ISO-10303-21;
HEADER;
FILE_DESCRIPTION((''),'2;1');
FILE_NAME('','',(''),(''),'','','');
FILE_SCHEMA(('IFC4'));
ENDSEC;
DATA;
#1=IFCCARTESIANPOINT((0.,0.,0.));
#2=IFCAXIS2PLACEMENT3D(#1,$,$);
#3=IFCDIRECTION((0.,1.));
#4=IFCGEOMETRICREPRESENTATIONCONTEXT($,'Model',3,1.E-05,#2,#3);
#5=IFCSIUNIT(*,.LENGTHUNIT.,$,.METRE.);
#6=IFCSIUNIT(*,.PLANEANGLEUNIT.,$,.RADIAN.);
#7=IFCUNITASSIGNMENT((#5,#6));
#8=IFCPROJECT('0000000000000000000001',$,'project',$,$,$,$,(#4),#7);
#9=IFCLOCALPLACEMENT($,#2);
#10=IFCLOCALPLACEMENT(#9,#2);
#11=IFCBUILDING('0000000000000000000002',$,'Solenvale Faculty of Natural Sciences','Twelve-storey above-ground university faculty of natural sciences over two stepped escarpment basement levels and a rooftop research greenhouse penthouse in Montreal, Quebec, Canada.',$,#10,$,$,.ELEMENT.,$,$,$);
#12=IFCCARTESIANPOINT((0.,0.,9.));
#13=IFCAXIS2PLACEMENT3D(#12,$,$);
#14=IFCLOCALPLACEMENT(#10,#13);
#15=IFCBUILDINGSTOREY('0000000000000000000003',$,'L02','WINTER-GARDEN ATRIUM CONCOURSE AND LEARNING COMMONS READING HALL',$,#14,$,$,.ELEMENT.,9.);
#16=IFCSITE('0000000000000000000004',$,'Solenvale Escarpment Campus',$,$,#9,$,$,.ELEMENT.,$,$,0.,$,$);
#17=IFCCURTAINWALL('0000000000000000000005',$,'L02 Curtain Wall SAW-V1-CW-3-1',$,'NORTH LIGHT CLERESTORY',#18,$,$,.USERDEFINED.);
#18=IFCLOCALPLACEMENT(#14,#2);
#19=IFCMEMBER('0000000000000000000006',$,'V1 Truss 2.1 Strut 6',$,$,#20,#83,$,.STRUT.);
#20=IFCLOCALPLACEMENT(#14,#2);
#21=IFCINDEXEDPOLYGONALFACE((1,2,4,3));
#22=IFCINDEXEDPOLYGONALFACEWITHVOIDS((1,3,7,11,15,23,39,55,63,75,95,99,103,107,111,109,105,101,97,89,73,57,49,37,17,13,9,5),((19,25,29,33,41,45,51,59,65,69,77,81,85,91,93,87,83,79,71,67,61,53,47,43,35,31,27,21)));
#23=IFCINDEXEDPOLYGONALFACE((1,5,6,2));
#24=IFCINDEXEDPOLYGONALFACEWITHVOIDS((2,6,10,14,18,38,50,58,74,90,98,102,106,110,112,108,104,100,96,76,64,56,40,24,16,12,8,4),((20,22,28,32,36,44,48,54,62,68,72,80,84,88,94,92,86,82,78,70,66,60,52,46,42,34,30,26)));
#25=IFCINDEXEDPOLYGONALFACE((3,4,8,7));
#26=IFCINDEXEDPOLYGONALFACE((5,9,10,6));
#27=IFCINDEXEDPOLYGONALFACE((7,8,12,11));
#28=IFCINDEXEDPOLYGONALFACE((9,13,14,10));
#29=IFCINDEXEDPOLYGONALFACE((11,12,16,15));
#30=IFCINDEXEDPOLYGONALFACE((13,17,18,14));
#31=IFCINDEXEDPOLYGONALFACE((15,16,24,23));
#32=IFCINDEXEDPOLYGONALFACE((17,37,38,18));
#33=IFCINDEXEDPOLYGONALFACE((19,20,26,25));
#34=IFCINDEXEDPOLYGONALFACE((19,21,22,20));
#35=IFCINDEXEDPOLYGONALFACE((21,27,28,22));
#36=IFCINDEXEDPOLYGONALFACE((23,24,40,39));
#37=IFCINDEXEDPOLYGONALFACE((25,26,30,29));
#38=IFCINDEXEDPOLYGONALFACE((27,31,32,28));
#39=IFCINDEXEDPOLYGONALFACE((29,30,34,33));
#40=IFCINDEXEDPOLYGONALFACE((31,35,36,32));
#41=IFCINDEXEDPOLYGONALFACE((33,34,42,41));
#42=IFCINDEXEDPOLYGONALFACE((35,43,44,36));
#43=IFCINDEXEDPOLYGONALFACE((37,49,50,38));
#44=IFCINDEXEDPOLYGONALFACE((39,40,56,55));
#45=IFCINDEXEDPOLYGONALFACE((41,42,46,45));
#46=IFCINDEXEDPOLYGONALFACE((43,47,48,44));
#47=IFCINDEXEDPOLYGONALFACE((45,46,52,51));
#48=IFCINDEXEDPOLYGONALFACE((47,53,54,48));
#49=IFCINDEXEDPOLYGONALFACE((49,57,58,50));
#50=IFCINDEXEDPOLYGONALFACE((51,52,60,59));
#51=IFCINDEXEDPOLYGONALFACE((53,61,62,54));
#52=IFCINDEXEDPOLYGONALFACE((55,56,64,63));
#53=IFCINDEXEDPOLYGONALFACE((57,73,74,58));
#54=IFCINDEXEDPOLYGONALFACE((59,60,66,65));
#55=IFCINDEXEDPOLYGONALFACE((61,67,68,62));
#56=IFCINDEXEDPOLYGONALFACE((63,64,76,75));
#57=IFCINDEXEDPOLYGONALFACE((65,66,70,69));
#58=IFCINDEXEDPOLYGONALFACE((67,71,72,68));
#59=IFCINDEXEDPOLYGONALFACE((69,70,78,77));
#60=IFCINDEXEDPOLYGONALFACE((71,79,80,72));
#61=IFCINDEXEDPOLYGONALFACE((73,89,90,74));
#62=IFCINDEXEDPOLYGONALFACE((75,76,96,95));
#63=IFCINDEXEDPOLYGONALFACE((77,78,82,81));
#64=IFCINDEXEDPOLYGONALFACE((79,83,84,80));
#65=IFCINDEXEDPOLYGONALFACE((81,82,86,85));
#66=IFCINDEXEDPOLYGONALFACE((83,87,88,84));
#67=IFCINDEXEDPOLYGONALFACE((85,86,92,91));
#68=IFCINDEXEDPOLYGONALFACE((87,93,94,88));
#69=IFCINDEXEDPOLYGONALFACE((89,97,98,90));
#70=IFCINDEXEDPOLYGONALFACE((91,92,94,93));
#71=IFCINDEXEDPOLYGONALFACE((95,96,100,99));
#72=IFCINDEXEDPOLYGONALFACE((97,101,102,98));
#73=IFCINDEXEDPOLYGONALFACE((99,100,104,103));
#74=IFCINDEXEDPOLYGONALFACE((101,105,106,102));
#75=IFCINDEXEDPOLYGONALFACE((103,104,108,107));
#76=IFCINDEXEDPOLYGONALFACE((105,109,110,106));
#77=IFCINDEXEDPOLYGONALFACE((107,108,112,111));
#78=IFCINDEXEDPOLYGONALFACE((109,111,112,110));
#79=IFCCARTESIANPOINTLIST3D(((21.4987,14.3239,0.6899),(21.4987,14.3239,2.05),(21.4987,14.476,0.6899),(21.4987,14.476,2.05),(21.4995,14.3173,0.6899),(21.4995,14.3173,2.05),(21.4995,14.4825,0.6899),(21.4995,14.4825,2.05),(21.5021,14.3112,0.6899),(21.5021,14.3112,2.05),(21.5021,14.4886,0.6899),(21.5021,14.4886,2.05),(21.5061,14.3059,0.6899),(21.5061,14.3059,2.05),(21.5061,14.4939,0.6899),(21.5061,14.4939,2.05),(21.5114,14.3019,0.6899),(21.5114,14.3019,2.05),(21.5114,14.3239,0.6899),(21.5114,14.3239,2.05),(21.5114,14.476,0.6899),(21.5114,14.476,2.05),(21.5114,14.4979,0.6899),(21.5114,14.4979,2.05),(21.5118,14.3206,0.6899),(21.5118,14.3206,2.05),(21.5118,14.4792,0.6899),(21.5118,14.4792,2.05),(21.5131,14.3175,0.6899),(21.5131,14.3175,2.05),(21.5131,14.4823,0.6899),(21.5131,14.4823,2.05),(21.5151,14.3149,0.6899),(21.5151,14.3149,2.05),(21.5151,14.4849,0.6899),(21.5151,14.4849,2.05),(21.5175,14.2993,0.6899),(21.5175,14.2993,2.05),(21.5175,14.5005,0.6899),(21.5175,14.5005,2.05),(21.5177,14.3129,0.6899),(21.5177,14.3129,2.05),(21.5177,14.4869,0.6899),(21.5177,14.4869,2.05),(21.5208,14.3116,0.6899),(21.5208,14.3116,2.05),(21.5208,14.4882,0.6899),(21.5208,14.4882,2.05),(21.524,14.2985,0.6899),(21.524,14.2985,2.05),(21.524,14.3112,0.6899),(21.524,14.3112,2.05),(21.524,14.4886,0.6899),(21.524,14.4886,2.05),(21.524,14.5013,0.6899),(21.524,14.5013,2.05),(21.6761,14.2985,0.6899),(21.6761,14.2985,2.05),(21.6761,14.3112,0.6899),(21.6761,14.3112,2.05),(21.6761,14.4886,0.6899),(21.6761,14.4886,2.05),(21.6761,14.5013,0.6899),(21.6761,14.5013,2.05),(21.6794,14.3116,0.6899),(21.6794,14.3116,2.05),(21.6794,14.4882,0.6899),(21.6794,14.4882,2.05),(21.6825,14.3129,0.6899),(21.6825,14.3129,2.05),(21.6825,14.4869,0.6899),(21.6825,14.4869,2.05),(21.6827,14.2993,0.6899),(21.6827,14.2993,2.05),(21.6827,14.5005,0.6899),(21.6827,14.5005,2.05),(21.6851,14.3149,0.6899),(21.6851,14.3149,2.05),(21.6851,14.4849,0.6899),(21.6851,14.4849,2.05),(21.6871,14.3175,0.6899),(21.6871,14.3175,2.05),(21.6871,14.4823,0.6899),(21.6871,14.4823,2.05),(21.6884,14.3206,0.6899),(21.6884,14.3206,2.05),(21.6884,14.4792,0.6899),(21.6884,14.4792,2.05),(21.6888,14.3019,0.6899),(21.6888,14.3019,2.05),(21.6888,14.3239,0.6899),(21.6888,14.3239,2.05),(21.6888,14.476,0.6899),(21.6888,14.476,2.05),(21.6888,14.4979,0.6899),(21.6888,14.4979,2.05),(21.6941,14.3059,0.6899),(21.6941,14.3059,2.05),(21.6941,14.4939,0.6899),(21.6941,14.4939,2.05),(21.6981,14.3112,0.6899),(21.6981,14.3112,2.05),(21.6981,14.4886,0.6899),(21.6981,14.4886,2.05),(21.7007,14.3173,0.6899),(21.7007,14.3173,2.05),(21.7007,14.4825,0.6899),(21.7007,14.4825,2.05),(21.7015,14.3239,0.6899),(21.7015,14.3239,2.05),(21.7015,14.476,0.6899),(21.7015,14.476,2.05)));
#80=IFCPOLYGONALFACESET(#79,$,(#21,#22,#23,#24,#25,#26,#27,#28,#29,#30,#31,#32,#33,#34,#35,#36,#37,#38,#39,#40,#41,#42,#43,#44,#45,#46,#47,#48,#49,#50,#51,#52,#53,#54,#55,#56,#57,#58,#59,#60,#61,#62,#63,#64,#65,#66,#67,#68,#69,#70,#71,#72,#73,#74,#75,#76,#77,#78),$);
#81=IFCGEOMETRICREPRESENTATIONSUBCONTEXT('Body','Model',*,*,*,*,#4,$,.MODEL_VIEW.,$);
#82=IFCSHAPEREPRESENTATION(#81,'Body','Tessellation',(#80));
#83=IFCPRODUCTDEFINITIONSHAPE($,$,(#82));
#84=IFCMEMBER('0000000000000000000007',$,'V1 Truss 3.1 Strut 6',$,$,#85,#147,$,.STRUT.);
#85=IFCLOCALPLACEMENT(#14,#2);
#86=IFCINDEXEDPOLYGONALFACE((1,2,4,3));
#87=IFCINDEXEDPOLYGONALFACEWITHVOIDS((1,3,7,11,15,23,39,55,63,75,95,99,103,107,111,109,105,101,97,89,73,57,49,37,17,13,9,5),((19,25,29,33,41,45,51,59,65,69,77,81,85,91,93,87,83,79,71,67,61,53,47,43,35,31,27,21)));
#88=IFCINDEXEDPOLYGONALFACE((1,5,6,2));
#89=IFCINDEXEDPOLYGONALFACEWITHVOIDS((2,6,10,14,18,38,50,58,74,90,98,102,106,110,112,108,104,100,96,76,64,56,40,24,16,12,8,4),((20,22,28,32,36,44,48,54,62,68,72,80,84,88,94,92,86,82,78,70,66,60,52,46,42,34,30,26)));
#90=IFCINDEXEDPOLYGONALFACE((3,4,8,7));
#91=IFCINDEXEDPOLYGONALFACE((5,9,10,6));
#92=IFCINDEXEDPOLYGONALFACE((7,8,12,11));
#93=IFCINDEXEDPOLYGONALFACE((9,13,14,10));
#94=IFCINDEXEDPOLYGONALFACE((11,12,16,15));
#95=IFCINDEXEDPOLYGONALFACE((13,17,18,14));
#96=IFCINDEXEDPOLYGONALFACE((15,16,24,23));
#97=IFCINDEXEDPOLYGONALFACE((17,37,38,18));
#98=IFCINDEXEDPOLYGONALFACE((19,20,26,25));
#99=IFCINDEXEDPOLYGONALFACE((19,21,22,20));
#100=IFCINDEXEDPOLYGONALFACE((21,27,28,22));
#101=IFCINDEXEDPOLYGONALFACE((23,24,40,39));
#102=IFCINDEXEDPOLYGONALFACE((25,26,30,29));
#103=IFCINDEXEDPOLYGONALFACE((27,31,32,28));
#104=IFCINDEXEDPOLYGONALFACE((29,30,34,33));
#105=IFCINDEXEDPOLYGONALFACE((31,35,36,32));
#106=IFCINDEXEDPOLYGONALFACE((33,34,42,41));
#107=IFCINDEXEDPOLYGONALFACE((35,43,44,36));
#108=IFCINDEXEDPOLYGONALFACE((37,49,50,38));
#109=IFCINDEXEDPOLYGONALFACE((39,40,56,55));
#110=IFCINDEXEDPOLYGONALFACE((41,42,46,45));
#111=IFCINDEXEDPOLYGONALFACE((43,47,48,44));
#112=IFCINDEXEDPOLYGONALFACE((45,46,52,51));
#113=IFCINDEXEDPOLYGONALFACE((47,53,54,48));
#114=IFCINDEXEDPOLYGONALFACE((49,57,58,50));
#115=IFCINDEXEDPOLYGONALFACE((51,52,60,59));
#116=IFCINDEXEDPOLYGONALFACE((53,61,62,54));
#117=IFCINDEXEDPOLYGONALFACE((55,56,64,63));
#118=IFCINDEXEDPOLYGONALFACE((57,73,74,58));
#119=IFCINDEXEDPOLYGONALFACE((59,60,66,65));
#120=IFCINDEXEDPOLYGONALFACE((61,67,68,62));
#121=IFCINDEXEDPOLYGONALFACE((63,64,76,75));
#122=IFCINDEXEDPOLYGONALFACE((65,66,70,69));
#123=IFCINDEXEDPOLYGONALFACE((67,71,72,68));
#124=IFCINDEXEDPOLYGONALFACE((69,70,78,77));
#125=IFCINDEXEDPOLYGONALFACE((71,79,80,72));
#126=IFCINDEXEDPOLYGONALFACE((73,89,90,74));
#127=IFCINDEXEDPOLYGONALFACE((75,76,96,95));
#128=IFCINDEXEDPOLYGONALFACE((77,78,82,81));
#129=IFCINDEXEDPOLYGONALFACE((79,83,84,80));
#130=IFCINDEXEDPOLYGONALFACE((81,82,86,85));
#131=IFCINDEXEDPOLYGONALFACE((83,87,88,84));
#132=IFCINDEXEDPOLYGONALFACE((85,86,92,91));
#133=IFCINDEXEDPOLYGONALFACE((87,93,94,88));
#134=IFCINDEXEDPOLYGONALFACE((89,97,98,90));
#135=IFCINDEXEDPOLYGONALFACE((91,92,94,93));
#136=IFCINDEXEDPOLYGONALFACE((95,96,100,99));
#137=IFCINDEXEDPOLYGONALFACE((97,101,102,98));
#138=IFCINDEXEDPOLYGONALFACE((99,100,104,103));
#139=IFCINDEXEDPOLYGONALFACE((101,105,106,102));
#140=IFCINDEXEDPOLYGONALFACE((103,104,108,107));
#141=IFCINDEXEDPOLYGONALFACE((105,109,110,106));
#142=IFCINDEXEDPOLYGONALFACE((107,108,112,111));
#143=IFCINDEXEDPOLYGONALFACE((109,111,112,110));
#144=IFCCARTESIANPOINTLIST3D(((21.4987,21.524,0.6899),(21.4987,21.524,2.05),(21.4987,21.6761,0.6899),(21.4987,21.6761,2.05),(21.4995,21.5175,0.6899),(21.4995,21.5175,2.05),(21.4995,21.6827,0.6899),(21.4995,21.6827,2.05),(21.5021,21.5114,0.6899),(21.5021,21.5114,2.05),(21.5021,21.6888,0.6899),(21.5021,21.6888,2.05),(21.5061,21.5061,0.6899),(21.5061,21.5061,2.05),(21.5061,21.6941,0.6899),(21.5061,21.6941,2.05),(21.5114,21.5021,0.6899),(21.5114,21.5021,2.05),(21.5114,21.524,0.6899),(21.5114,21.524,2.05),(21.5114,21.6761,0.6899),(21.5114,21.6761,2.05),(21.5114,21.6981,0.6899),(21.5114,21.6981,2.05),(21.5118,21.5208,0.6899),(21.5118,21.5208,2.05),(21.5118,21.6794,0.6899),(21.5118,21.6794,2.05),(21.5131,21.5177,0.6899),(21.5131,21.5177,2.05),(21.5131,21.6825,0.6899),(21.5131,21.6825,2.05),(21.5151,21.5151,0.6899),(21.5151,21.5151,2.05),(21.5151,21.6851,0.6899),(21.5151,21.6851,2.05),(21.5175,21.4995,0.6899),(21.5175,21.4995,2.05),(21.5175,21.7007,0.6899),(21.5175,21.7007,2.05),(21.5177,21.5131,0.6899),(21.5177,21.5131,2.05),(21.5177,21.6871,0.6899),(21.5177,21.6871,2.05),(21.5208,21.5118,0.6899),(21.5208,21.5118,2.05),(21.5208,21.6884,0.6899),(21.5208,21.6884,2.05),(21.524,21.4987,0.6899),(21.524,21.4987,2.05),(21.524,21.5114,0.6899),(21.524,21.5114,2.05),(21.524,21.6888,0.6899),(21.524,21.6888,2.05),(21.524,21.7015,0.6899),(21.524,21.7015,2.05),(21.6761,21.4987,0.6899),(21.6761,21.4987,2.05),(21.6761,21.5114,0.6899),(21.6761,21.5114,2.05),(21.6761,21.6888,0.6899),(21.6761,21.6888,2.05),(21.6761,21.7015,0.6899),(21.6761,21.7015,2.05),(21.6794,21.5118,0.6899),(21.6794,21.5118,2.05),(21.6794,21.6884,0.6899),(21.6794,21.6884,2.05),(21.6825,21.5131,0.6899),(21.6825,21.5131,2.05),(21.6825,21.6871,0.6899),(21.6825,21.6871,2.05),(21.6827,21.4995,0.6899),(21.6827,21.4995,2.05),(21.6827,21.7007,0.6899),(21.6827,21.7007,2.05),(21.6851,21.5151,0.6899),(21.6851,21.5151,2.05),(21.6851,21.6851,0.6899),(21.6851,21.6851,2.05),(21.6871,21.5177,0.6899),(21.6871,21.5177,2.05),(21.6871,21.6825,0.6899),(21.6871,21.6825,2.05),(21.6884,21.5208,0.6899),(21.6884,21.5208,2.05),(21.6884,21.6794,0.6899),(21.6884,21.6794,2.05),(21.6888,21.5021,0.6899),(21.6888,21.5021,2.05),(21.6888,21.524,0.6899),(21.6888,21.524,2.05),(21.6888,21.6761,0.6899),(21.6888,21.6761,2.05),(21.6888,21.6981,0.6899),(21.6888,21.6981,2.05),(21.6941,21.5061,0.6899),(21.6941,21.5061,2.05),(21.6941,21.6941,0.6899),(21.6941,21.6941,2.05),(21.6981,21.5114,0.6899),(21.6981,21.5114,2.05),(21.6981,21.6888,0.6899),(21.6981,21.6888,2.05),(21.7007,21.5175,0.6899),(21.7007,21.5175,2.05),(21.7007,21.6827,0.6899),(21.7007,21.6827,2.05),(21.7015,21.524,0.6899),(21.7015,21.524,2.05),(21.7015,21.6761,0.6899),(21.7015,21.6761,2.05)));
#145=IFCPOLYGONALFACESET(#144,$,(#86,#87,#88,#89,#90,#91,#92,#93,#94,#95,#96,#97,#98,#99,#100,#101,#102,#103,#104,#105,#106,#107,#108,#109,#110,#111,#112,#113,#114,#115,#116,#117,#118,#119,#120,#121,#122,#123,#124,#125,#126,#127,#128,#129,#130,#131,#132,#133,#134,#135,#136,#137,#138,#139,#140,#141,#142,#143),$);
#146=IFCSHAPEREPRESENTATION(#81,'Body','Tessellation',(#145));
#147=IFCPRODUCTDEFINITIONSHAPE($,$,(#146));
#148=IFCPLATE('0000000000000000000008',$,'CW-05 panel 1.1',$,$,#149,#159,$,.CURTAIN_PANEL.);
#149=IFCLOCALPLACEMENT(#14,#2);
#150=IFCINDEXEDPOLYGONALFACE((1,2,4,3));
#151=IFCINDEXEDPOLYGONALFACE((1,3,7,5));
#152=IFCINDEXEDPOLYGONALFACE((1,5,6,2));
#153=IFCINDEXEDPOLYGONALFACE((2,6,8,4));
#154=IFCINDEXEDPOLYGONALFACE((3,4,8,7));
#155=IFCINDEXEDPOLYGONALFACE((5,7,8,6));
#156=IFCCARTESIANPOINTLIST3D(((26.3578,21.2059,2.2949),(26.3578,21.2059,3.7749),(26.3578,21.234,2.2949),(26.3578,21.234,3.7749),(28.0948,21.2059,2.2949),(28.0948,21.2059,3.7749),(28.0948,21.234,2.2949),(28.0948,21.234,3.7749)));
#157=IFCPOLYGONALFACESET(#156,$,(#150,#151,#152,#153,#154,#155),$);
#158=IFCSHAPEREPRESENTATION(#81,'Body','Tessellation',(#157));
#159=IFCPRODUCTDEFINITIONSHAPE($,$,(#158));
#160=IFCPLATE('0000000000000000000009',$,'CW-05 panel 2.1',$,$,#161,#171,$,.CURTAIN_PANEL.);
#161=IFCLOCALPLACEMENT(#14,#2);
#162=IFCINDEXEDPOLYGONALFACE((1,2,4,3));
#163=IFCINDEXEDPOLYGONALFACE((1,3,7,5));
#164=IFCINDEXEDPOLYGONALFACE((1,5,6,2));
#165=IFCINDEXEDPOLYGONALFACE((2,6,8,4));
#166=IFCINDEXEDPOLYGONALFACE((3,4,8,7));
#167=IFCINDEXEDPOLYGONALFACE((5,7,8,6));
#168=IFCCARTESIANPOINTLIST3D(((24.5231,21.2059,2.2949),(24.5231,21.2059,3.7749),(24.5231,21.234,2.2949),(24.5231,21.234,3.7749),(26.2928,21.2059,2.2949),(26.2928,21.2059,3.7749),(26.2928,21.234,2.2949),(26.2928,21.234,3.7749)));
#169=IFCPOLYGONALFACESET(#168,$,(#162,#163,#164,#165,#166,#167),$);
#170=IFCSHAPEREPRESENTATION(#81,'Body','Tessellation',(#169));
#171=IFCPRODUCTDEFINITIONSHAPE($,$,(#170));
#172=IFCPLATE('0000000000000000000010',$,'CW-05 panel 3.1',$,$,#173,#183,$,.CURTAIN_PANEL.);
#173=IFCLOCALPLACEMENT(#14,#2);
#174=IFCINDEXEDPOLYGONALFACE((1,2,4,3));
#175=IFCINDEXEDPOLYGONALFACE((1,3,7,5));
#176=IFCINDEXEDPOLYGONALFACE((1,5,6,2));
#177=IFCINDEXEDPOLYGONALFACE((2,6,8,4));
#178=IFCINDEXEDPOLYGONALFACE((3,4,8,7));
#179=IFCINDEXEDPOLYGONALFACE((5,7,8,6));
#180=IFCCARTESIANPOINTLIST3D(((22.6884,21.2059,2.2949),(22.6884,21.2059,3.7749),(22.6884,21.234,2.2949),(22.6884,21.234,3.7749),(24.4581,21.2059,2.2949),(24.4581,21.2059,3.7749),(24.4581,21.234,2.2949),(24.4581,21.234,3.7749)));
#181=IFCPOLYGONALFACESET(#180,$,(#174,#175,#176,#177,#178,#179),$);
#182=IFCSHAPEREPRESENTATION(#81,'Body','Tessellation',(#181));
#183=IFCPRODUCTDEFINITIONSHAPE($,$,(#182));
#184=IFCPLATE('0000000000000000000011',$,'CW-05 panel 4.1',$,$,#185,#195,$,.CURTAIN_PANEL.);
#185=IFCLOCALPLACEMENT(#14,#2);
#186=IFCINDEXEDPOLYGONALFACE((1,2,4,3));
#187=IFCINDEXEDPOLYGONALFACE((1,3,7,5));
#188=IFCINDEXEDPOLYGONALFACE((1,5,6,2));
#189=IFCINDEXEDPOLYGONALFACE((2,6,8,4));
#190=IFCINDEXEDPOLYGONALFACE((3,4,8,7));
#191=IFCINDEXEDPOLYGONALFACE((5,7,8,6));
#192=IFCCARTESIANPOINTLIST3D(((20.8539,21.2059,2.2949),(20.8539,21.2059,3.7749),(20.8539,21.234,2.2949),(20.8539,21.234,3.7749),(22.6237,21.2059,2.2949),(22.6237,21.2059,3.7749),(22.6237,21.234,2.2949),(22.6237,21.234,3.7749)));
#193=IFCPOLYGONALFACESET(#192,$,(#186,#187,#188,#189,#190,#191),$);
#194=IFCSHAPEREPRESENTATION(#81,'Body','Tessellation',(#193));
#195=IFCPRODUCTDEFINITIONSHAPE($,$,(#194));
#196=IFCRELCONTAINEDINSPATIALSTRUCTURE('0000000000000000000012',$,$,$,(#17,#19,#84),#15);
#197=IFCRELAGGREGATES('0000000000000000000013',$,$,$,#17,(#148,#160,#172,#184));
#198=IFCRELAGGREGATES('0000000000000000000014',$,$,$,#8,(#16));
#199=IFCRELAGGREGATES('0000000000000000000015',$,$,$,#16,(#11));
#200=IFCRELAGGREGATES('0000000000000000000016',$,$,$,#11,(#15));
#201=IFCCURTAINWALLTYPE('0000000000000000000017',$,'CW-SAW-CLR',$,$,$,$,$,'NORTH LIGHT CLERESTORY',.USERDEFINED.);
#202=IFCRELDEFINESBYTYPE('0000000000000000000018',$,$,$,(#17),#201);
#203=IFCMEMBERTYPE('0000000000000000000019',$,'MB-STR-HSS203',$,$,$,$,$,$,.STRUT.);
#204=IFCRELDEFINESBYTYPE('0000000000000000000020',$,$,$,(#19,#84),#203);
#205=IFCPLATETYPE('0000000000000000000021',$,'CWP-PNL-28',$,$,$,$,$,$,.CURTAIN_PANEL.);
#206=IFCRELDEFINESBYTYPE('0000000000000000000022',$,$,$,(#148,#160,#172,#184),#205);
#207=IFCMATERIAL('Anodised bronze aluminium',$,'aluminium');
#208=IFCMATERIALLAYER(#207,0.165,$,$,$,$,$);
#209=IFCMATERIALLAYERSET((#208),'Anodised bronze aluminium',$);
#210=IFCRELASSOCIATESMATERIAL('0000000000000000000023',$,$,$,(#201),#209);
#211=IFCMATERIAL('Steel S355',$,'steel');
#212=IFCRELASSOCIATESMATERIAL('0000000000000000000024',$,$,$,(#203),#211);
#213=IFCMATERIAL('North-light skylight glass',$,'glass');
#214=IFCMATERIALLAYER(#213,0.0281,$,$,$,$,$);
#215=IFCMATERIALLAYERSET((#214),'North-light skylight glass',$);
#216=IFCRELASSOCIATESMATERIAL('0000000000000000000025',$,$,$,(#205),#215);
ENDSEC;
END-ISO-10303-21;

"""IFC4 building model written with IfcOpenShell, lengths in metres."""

from ifc_helpers import new_model, si_unit, direction, frame, origin, origin_2d, place, context, subcontext, project, spatial, rectangle, hollow_rectangle, extrude, material, layer, layer_set, material_profile, profile_set, type_object, element, aggregate, save


model = new_model("IFC4")

# Units and contexts
model_context = context("Model", 3, precision=1e-05, world=origin(), true_north=direction((0.0, 1.0)))
body_context = subcontext(model_context, "Body", "Model", "MODEL_VIEW")
ifc_project = project(units=[si_unit("LENGTHUNIT", "METRE"), si_unit("PLANEANGLEUNIT", "RADIAN")], contexts=[model_context])

# Site, building, storey
site_placement = place(None, origin())
site = spatial("IfcSite", under=ifc_project, at=site_placement, Name="Solenvale Escarpment Campus", CompositionType="ELEMENT", RefElevation=0.0)
building_placement = place(site_placement, origin())
building = spatial("IfcBuilding", under=site, at=building_placement, Name="Solenvale Faculty of Natural Sciences", Description="Twelve-storey above-ground university faculty of natural sciences over two stepped escarpment basement levels and a rooftop research greenhouse penthouse in Montreal, Quebec, Canada.", CompositionType="ELEMENT")
storey_placement = place(building_placement, frame((0.0, 0.0, 9.0)))
storey = spatial("IfcBuildingStorey", under=building, at=storey_placement, Name="L02", Description="WINTER-GARDEN ATRIUM CONCOURSE AND LEARNING COMMONS READING HALL", CompositionType="ELEMENT", Elevation=9.0)

# Curtain wall
ifc_material_1 = material(Name="Anodised bronze aluminium", Category="aluminium")
ifc_layer_1 = layer(ifc_material_1, 0.165)
ifc_layer_set_1 = layer_set([ifc_layer_1], Name="Anodised bronze aluminium")
curtain_wall_type = type_object("IfcCurtainWallType", Name="CW-SAW-CLR", ElementType="NORTH LIGHT CLERESTORY", PredefinedType="USERDEFINED", material=ifc_layer_set_1)
curtain_wall_placement = place(storey_placement, origin())
curtain_wall = element("IfcCurtainWall", 1, at=curtain_wall_placement, inside=storey, type_object=curtain_wall_type, Name="L02 Curtain Wall SAW-V1-CW-3-1", ObjectType="NORTH LIGHT CLERESTORY", PredefinedType="USERDEFINED")

# Members
ifc_material_2 = material(Name="Steel S355", Category="steel")
ifc_material_profile_1 = material_profile(ifc_material_2, hollow_rectangle(XDim=0.2029, YDim=0.2029, WallThickness=0.0127, InnerFilletRadius=0.0127, OuterFilletRadius=0.0254, at=origin_2d()), Name="HSS203x203x13")
ifc_profile_set_1 = profile_set([ifc_material_profile_1], Name="Steel S355")
member_type_1 = type_object("IfcMemberType", Name="MB-STR-HSS203", PredefinedType="STRUT", material=ifc_profile_set_1)
for number, where, z_axis, x_axis, name in (
    (2, (21.6001, 14.3999, 0.6899), (0.0, 0.0, 1.0), (1.0, 0.0, 0.0), "V1 Truss 2.1 Strut 6"),
    (3, (21.6001, 21.6001, 0.6899), (0.0, 0.0, 1.0), (1.0, 0.0, 0.0), "V1 Truss 3.1 Strut 6"),
):
    element("IfcMember", number, at=place(storey_placement, frame(where, z_axis=z_axis, x_axis=x_axis)), inside=storey, type_object=member_type_1, Name=name, PredefinedType="STRUT", context=body_context, shape_type="SweptSolid", body=[
        extrude(hollow_rectangle(XDim=0.2029, YDim=0.2029, WallThickness=0.0127, InnerFilletRadius=0.0127, OuterFilletRadius=0.0254, at=origin_2d()), origin(), (0.0, 0.0, 1.0), 1.3601),
    ])

# Plates
ifc_material_3 = material(Name="North-light skylight glass", Category="glass")
ifc_layer_2 = layer(ifc_material_3, 0.0281)
ifc_layer_set_2 = layer_set([ifc_layer_2], Name="North-light skylight glass")
plate_type_1 = type_object("IfcPlateType", Name="CWP-PNL-28", PredefinedType="CURTAIN_PANEL", material=ifc_layer_set_2)
plate_1_placement = place(storey_placement, frame((27.2263, 21.22, 2.2949), z_axis=(0.0, 0.0, 1.0), x_axis=(-1.0, 0.0, 0.0)))
plate_1 = element("IfcPlate", 4, at=plate_1_placement, type_object=plate_type_1, Name="CW-05 panel 1.1", PredefinedType="CURTAIN_PANEL", context=body_context, shape_type="SweptSolid", body=[
    extrude(rectangle(XDim=1.7371, YDim=0.0281, at=origin_2d()), origin(), (0.0, 0.0, 1.0), 1.48),
])
plate_2_placement = place(storey_placement, frame((25.408, 21.22, 2.2949), z_axis=(0.0, 0.0, 1.0), x_axis=(-1.0, 0.0, 0.0)))
plate_2 = element("IfcPlate", 5, at=plate_2_placement, type_object=plate_type_1, Name="CW-05 panel 2.1", PredefinedType="CURTAIN_PANEL", context=body_context, shape_type="SweptSolid", body=[
    extrude(rectangle(XDim=1.7698, YDim=0.0281, at=origin_2d()), origin(), (0.0, 0.0, 1.0), 1.48),
])
plate_3_placement = place(storey_placement, frame((23.5732, 21.22, 2.2949), z_axis=(0.0, 0.0, 1.0), x_axis=(-1.0, 0.0, 0.0)))
plate_3 = element("IfcPlate", 6, at=plate_3_placement, type_object=plate_type_1, Name="CW-05 panel 3.1", PredefinedType="CURTAIN_PANEL", context=body_context, shape_type="SweptSolid", body=[
    extrude(rectangle(XDim=1.7698, YDim=0.0281, at=origin_2d()), origin(), (0.0, 0.0, 1.0), 1.48),
])
plate_4_placement = place(storey_placement, frame((21.7388, 21.22, 2.2949), z_axis=(0.0, 0.0, 1.0), x_axis=(-1.0, 0.0, 0.0)))
plate_4 = element("IfcPlate", 7, at=plate_4_placement, type_object=plate_type_1, Name="CW-05 panel 4.1", PredefinedType="CURTAIN_PANEL", context=body_context, shape_type="SweptSolid", body=[
    extrude(rectangle(XDim=1.7698, YDim=0.0281, at=origin_2d()), origin(), (0.0, 0.0, 1.0), 1.48),
])
aggregate(curtain_wall, [plate_1, plate_2, plate_3, plate_4])

save(model, "model.ifc")
